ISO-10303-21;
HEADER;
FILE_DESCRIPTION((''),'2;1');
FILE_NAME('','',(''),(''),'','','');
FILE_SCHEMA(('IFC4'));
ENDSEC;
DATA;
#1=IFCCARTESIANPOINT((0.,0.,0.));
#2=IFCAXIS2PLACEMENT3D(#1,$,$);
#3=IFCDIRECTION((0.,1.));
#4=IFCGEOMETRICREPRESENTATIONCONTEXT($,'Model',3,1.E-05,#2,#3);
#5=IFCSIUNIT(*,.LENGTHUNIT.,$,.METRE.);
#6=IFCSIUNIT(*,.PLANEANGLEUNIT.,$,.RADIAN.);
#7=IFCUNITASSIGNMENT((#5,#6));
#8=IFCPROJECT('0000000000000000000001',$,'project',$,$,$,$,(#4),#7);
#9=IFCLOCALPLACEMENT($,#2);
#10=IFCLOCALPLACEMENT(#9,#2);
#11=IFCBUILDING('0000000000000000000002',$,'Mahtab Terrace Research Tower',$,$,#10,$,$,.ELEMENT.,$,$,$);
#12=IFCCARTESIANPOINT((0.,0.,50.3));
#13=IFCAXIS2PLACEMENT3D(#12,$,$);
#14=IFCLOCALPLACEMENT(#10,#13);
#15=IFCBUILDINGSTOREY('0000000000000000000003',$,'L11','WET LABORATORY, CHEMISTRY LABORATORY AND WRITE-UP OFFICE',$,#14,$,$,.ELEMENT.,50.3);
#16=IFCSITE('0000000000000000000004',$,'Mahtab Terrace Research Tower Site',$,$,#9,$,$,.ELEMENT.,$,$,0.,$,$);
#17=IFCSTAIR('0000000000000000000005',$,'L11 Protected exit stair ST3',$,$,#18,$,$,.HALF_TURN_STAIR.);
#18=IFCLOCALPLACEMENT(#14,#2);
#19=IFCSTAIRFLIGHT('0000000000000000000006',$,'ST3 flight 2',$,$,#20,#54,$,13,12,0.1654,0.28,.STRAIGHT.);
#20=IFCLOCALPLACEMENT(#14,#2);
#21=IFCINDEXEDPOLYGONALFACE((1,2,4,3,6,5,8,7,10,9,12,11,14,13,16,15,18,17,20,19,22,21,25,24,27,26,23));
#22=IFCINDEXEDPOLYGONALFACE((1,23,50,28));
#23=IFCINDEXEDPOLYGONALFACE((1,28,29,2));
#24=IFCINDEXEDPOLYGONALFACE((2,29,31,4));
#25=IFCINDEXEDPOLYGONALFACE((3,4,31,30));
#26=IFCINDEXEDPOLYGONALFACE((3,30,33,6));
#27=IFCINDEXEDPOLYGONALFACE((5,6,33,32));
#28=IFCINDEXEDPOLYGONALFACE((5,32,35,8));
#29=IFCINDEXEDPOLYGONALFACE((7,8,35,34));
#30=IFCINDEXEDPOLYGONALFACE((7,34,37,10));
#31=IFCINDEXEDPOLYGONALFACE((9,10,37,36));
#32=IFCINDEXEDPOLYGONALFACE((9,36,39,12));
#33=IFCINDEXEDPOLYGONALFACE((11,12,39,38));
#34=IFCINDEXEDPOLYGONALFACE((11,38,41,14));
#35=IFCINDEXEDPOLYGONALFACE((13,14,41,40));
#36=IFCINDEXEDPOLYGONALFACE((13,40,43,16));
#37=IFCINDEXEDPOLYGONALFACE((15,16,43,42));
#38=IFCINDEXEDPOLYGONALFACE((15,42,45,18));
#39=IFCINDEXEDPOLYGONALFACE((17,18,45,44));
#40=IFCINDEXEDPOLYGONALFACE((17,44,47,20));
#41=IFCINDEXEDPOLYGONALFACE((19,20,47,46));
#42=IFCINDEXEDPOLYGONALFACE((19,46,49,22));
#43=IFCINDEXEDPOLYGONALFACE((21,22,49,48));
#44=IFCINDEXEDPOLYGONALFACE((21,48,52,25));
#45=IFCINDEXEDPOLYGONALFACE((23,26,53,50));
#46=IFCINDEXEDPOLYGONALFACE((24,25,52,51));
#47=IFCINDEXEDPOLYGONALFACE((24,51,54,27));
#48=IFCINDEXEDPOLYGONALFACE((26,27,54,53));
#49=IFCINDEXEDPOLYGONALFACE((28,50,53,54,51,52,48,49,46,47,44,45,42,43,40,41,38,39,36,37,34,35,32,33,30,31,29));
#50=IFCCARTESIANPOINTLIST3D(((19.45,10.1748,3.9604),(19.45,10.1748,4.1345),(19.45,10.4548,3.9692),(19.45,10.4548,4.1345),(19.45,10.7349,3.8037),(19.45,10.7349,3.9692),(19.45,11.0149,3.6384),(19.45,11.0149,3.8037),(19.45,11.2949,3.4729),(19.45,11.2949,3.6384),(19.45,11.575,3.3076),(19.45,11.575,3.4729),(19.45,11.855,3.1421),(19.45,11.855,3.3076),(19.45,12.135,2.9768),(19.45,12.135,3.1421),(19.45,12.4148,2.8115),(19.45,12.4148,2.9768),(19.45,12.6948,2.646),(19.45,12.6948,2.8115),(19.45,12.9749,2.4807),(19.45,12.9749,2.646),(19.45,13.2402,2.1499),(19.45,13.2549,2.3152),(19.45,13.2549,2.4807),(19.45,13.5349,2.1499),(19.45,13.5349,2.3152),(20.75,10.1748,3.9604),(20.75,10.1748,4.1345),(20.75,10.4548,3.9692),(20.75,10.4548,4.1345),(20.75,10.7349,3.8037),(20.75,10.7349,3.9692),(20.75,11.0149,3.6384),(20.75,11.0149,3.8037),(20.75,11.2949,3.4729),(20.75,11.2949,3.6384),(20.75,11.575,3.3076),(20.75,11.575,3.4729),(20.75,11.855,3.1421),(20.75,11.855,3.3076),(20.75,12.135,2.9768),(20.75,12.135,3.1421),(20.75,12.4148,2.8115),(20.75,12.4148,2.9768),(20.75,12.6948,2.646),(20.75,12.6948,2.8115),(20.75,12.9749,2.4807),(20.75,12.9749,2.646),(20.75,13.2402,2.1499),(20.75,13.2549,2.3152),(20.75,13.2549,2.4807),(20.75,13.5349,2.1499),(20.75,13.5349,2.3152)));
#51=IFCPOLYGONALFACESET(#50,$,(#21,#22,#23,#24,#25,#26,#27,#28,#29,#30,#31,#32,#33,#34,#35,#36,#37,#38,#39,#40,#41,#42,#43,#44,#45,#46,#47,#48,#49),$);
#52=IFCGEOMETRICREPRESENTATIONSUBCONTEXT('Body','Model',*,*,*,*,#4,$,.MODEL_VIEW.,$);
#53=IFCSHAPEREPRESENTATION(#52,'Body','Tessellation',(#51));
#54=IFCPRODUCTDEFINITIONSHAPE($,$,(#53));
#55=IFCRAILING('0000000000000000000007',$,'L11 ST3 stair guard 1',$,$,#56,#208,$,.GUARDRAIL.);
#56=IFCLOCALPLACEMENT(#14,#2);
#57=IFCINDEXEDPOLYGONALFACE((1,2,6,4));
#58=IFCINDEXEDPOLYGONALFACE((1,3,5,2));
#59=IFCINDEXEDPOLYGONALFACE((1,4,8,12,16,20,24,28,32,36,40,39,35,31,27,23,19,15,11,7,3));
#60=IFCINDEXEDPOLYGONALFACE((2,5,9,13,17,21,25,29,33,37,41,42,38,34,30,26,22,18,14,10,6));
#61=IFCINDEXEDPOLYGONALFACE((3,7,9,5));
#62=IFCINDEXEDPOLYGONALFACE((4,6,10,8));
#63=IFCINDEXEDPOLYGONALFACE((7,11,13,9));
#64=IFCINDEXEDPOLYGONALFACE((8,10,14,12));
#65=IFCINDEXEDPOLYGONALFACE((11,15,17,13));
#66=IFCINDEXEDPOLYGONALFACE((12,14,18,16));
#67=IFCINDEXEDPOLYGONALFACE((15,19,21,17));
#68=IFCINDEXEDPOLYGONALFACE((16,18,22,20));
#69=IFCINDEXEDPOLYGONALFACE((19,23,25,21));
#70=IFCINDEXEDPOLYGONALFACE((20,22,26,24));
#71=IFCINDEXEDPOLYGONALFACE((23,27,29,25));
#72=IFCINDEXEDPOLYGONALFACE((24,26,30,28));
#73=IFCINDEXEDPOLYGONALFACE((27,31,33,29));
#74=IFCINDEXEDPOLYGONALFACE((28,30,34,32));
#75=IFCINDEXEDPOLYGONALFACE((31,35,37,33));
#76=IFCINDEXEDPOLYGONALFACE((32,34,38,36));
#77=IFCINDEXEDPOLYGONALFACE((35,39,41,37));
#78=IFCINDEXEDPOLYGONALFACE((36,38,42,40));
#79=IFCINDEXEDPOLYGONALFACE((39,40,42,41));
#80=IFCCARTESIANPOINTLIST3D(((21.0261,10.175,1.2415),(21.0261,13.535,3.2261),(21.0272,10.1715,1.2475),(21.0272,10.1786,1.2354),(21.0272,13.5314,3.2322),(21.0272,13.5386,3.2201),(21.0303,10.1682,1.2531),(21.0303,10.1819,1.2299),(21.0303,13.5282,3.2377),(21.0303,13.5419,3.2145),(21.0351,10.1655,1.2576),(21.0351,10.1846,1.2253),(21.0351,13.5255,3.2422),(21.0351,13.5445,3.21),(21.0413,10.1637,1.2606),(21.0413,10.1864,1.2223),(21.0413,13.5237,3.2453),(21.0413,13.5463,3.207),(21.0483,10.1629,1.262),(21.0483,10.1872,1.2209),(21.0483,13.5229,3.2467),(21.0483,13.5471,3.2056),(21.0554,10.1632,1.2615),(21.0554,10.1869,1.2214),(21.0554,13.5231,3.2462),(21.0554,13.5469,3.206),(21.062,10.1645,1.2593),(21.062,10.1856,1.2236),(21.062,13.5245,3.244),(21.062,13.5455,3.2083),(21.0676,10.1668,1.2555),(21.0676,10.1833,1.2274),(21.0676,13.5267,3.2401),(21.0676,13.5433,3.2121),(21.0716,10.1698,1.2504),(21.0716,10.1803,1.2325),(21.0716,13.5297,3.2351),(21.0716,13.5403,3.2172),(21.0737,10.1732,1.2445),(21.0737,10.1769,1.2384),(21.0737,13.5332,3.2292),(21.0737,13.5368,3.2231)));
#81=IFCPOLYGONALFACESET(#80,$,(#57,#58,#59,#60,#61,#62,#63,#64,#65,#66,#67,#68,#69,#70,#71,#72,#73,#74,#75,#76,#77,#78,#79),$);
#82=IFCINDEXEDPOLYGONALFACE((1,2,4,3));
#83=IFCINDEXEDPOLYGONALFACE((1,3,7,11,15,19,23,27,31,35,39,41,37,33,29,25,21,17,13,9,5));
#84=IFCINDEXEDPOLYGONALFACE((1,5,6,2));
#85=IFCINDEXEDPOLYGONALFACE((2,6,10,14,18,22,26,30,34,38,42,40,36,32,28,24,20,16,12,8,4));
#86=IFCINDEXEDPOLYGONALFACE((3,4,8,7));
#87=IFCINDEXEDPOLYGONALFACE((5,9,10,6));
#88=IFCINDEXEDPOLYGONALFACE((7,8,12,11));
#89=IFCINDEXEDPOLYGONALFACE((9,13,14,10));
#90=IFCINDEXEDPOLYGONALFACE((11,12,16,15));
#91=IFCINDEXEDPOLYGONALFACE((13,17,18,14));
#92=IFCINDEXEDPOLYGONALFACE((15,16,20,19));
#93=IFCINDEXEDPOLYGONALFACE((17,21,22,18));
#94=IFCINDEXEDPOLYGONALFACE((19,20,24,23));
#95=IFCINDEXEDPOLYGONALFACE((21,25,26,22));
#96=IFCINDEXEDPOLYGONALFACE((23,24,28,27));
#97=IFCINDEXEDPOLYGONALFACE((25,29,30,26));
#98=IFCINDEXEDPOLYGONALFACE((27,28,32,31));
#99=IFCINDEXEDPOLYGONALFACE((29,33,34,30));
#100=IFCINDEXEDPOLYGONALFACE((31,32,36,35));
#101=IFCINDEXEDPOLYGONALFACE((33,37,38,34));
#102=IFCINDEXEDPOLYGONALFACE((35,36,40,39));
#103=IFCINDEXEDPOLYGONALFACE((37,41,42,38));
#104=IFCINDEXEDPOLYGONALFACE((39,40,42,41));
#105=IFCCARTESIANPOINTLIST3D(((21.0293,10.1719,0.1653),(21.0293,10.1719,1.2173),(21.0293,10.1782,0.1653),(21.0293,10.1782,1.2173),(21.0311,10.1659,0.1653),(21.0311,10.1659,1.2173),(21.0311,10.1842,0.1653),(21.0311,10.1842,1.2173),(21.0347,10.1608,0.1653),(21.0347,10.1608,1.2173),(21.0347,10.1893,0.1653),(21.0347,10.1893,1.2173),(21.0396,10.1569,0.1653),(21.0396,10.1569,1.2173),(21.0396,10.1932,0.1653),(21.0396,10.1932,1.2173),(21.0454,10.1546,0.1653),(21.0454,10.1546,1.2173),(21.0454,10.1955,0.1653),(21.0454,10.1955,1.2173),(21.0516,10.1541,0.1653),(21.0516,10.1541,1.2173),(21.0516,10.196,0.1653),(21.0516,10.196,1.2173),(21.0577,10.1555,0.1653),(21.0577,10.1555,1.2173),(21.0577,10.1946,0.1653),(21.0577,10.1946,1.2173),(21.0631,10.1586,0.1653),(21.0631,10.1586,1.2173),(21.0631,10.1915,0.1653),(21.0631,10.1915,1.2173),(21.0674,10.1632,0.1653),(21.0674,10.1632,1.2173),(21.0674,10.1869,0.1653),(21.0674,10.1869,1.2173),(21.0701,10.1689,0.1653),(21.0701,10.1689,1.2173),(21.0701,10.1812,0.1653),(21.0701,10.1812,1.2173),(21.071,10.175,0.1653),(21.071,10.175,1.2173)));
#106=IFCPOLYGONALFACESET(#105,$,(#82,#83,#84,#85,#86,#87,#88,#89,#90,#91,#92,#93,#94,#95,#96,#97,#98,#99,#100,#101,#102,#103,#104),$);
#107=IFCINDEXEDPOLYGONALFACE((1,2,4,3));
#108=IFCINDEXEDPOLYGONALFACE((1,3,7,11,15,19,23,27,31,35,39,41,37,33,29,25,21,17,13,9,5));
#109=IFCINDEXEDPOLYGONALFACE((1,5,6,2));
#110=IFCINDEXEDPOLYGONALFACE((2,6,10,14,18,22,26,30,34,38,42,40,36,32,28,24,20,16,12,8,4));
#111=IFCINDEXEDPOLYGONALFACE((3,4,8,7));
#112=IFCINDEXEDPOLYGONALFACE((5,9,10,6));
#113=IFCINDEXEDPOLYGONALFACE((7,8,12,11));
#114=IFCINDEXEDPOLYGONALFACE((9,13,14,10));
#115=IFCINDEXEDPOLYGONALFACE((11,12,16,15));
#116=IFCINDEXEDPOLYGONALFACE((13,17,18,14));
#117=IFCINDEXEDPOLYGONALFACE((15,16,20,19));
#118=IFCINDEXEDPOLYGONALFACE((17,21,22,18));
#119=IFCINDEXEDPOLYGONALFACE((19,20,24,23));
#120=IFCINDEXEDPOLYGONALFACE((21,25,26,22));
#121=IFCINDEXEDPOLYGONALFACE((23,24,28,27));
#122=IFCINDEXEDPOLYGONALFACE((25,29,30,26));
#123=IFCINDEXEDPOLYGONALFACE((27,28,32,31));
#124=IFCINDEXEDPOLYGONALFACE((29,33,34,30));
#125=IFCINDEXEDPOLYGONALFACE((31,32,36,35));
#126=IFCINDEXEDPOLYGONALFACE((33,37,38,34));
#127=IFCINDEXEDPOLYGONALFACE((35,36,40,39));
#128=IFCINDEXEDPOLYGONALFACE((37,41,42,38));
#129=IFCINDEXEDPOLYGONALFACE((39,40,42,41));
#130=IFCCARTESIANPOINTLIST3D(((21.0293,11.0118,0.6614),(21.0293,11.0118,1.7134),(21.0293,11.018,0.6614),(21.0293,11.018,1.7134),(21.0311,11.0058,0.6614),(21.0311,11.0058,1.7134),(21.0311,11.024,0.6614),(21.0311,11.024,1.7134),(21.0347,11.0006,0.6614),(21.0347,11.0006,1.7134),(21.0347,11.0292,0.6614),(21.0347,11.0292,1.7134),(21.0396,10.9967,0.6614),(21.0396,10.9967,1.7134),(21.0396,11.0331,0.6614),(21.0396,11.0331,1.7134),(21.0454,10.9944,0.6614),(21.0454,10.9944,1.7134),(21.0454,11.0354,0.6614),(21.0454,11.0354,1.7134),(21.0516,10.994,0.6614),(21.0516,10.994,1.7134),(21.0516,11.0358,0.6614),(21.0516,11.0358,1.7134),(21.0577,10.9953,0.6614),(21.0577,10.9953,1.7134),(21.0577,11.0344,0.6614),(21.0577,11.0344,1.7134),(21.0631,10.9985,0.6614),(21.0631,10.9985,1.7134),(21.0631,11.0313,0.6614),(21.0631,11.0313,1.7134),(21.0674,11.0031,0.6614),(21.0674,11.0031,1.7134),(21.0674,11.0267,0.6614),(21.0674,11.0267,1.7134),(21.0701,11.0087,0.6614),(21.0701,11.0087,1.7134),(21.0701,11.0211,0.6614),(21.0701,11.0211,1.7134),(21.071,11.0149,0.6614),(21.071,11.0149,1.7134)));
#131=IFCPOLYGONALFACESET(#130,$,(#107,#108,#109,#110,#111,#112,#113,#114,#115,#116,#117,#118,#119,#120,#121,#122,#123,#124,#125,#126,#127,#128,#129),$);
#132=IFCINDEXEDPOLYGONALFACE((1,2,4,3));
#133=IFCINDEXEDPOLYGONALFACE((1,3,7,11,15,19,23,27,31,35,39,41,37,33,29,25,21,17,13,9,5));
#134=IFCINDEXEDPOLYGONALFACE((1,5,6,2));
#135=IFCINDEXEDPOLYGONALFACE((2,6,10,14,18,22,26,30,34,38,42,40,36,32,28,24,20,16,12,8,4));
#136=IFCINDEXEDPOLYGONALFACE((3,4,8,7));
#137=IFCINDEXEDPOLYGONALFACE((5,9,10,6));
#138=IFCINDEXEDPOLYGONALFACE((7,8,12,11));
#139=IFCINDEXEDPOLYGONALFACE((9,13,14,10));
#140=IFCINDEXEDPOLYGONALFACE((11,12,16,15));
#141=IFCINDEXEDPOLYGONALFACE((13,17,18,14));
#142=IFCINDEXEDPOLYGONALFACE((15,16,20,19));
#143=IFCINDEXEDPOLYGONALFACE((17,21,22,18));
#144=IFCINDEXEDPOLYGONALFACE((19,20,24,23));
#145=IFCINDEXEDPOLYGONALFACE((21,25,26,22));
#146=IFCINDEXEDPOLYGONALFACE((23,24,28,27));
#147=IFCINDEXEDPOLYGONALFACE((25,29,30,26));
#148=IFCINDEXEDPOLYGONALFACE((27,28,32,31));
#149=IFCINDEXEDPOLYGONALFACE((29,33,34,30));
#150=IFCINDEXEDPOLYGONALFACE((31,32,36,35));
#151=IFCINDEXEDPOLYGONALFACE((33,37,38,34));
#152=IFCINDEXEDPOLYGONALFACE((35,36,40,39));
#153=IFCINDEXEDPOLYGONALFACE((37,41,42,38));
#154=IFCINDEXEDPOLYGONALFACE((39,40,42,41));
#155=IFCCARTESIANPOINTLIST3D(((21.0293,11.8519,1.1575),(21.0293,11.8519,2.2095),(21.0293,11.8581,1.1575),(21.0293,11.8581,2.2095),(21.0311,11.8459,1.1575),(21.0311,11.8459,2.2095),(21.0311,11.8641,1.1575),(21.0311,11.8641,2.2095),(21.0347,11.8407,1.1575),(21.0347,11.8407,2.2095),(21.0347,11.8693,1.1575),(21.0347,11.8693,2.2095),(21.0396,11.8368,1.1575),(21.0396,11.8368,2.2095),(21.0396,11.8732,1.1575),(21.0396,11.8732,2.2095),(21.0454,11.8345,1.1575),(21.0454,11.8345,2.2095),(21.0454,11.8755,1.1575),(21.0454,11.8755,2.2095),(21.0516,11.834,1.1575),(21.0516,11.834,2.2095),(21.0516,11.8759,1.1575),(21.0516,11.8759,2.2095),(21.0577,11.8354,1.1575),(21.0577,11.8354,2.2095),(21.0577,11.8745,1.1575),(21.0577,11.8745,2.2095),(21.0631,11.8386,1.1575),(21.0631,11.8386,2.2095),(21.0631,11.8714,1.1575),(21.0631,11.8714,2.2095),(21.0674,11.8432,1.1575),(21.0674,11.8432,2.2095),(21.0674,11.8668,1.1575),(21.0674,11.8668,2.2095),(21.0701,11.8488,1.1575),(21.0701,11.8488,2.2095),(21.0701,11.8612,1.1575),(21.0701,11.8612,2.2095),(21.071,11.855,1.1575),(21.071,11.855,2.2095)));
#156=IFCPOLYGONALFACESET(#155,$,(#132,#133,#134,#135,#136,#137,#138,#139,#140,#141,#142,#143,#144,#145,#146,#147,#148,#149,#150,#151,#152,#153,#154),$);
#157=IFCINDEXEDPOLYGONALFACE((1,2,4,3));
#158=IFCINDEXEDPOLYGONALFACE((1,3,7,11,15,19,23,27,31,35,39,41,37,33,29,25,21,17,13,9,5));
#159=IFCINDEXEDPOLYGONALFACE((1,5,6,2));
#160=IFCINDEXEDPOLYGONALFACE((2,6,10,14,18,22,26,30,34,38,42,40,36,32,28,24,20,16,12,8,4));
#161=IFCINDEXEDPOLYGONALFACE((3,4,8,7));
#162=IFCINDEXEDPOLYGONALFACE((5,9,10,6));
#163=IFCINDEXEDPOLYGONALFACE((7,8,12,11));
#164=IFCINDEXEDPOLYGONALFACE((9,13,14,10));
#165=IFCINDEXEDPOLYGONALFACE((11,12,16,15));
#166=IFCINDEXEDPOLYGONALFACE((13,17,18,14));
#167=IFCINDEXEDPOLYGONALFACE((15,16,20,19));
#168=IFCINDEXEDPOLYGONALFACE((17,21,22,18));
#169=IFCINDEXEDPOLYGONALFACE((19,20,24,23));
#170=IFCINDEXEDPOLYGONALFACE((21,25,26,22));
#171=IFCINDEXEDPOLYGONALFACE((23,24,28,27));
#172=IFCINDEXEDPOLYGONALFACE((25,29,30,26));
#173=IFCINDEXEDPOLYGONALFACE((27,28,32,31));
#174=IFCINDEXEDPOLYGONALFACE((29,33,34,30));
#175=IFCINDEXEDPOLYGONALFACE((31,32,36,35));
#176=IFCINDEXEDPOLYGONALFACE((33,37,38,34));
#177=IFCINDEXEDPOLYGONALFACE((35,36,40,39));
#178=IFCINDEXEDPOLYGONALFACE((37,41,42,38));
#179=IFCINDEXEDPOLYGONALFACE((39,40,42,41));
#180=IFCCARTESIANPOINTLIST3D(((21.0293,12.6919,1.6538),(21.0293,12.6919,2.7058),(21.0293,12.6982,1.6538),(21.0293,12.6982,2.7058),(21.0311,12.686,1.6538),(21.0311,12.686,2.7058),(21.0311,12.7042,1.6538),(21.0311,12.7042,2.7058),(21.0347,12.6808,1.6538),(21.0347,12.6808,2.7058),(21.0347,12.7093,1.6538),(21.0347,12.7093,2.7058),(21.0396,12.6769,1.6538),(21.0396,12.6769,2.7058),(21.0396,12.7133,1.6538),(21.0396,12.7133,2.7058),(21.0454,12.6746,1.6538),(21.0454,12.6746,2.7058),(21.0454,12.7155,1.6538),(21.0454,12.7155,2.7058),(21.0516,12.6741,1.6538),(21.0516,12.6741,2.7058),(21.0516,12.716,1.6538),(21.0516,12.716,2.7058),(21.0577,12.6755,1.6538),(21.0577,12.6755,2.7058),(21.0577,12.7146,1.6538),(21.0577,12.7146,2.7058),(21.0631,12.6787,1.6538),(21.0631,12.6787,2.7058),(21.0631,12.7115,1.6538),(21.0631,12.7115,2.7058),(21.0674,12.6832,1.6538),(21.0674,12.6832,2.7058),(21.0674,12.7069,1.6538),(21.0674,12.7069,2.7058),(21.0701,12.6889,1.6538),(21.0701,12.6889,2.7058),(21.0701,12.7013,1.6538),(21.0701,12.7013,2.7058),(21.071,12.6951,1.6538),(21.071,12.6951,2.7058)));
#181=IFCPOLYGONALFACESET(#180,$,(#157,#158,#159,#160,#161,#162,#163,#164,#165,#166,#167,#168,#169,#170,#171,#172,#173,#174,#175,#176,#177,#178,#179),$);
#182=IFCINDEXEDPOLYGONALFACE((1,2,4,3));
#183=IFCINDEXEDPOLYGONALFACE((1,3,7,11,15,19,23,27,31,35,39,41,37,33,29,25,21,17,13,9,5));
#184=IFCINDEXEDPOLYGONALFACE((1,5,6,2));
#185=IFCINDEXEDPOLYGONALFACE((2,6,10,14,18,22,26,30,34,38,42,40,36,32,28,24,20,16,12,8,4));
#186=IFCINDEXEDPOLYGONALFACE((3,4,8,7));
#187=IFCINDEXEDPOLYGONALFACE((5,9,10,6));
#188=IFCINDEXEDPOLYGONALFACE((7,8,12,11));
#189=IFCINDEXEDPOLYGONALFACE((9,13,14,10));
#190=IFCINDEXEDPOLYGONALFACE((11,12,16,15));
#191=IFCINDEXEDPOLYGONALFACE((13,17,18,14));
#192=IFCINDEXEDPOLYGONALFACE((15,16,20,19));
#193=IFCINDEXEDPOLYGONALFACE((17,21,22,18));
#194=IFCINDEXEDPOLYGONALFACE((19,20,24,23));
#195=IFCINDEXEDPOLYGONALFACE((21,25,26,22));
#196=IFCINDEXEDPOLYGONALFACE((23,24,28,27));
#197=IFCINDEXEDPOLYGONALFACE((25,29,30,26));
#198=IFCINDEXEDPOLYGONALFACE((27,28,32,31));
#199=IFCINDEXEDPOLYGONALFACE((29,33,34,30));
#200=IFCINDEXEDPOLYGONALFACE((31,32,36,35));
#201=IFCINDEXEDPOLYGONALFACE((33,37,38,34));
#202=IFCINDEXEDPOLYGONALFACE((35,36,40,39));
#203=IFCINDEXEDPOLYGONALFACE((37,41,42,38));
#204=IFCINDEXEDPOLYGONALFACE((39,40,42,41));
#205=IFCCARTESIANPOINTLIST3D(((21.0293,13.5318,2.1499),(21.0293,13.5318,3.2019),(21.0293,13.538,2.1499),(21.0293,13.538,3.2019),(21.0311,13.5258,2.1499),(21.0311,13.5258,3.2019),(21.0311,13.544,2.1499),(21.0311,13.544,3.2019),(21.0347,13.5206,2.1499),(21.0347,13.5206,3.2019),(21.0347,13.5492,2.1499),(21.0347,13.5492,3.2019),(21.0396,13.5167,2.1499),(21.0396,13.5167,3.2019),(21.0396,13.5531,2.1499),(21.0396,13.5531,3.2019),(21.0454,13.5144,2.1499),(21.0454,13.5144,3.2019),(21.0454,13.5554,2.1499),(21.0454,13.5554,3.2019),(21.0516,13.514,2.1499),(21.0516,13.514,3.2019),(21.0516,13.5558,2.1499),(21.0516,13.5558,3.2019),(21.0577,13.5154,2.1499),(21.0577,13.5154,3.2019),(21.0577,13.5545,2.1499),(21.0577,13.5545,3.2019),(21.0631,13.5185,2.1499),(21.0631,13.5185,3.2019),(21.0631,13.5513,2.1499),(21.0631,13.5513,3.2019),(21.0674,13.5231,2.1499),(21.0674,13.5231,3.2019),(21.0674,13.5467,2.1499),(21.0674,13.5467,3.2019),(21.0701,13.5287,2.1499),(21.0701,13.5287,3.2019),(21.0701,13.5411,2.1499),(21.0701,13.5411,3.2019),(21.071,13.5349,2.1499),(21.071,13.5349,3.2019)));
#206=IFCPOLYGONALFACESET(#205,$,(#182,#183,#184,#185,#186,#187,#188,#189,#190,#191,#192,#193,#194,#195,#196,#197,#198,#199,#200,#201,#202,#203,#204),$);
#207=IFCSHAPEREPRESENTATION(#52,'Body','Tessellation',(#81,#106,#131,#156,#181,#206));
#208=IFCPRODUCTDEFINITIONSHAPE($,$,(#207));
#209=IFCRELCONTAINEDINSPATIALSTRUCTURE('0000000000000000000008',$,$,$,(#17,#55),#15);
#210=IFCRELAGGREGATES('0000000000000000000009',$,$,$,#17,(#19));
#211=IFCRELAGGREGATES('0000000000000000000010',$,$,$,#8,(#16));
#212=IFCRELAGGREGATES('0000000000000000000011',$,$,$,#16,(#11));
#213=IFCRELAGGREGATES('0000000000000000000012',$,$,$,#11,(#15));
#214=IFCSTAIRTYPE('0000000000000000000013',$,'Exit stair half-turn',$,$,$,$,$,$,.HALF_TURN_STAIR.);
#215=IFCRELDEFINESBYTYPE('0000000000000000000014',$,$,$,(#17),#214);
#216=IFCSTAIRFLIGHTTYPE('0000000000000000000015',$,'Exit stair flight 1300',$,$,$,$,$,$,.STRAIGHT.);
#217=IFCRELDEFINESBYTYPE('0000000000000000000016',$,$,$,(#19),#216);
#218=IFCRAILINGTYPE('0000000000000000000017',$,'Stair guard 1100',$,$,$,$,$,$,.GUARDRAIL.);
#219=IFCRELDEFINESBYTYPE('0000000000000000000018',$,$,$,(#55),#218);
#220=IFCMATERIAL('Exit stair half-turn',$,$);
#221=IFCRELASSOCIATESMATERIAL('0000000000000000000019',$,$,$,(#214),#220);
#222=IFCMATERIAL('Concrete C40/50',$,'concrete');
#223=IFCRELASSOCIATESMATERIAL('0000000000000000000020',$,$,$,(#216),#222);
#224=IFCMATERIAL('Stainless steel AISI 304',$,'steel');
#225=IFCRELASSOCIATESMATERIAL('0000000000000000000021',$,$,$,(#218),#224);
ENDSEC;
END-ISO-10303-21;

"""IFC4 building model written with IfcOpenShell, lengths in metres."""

from ifc_helpers import new_model, si_unit, direction, frame, origin, origin_2d, place, context, subcontext, project, spatial, polyline, circle, outline, extrude, material, type_object, element, aggregate, save


model = new_model("IFC4")

# Units and contexts
model_context = context("Model", 3, precision=1e-05, world=origin(), true_north=direction((0.0, 1.0)))
body_context = subcontext(model_context, "Body", "Model", "MODEL_VIEW")
ifc_project = project(units=[si_unit("LENGTHUNIT", "METRE"), si_unit("PLANEANGLEUNIT", "RADIAN")], contexts=[model_context])

# Site, building, storey
site_placement = place(None, origin())
site = spatial("IfcSite", under=ifc_project, at=site_placement, Name="Mahtab Terrace Research Tower Site", CompositionType="ELEMENT", RefElevation=0.0)
building_placement = place(site_placement, origin())
building = spatial("IfcBuilding", under=site, at=building_placement, Name="Mahtab Terrace Research Tower", CompositionType="ELEMENT")
storey_placement = place(building_placement, frame((0.0, 0.0, 50.3)))
storey = spatial("IfcBuildingStorey", under=building, at=storey_placement, Name="L11", Description="WET LABORATORY, CHEMISTRY LABORATORY AND WRITE-UP OFFICE", CompositionType="ELEMENT", Elevation=50.3)

# Stair, stair flight
ifc_material_1 = material(Name="Exit stair half-turn")
stair_type = type_object("IfcStairType", Name="Exit stair half-turn", PredefinedType="HALF_TURN_STAIR", material=ifc_material_1)
stair_placement = place(storey_placement, origin())
stair = element("IfcStair", 1, at=stair_placement, inside=storey, type_object=stair_type, Name="L11 Protected exit stair ST3", PredefinedType="HALF_TURN_STAIR")
ifc_material_2 = material(Name="Concrete C40/50", Category="concrete")
stair_flight_type = type_object("IfcStairFlightType", Name="Exit stair flight 1300", PredefinedType="STRAIGHT", material=ifc_material_2)
stair_flight_placement = place(storey_placement, frame((20.1001, 13.5349, 2.1499), z_axis=(0.0, 0.0, 1.0), x_axis=(0.0, -1.0, 0.0)))
stair_flight = element("IfcStairFlight", 2, at=stair_flight_placement, type_object=stair_flight_type, Name="ST3 flight 2", NumberOfRisers=13, NumberOfTreads=12, PredefinedType="STRAIGHT", RiserHeight=0.1654, TreadLength=0.28, context=body_context, shape_type="SweptSolid", body=[
    extrude(outline(polyline([(0.0, 0.0), (0.0, 0.1653), (0.28, 0.1653), (0.28, 0.3308), (0.5601, 0.3308), (0.5601, 0.4961), (0.8401, 0.4961), (0.8401, 0.6616), (1.1201, 0.6616), (1.1201, 0.8269), (1.3999, 0.8269), (1.3999, 0.9922), (1.6799, 0.9922), (1.6799, 1.1577), (1.96, 1.1577), (1.96, 1.323), (2.24, 1.323), (2.24, 1.4885), (2.52, 1.4885), (2.52, 1.6538), (2.8, 1.6538), (2.8, 1.8193), (3.0801, 1.8193), (3.0801, 1.9846), (3.3601, 1.9846), (3.3601, 2.1499), (3.3601, 1.8105), (0.2947, 0.0), (0.0, 0.0)])), frame((0.0, 0.6499, 0.0), z_axis=(0.0, -1.0, 0.0), x_axis=(1.0, 0.0, 0.0)), (0.0, 0.0, 1.0), 1.3),
])
aggregate(stair, [stair_flight])

# Railing
ifc_material_3 = material(Name="Stainless steel AISI 304", Category="steel")
railing_type_1 = type_object("IfcRailingType", Name="Stair guard 1100", PredefinedType="GUARDRAIL", material=ifc_material_3)
railing_1_placement = place(storey_placement, frame((21.05, 10.175, 0.1653)))
element("IfcRailing", 3, at=railing_1_placement, inside=storey, type_object=railing_type_1, Name="L11 ST3 stair guard 1", PredefinedType="GUARDRAIL", context=body_context, shape_type="SweptSolid", body=[
    extrude(circle(Radius=0.0239, at=origin_2d()), frame((0.0, 0.0, 1.0762), z_axis=(0.0, 0.861011, 0.508586), x_axis=(-1.0, 0.0, 0.0)), (0.0, 0.0, 1.0), 3.9023),
    extrude(circle(Radius=0.021, at=origin_2d()), origin(), (0.0, 0.0, 1.0), 1.052),
    extrude(circle(Radius=0.021, at=origin_2d()), frame((0.0, 0.8398, 0.4961)), (0.0, 0.0, 1.0), 1.052),
    extrude(circle(Radius=0.021, at=origin_2d()), frame((0.0, 1.6799, 0.9922)), (0.0, 0.0, 1.0), 1.052),
    extrude(circle(Radius=0.021, at=origin_2d()), frame((0.0, 2.52, 1.4885)), (0.0, 0.0, 1.0), 1.052),
    extrude(circle(Radius=0.021, at=origin_2d()), frame((0.0, 3.3599, 1.9846)), (0.0, 0.0, 1.0), 1.052),
])

save(model, "model.ifc")
